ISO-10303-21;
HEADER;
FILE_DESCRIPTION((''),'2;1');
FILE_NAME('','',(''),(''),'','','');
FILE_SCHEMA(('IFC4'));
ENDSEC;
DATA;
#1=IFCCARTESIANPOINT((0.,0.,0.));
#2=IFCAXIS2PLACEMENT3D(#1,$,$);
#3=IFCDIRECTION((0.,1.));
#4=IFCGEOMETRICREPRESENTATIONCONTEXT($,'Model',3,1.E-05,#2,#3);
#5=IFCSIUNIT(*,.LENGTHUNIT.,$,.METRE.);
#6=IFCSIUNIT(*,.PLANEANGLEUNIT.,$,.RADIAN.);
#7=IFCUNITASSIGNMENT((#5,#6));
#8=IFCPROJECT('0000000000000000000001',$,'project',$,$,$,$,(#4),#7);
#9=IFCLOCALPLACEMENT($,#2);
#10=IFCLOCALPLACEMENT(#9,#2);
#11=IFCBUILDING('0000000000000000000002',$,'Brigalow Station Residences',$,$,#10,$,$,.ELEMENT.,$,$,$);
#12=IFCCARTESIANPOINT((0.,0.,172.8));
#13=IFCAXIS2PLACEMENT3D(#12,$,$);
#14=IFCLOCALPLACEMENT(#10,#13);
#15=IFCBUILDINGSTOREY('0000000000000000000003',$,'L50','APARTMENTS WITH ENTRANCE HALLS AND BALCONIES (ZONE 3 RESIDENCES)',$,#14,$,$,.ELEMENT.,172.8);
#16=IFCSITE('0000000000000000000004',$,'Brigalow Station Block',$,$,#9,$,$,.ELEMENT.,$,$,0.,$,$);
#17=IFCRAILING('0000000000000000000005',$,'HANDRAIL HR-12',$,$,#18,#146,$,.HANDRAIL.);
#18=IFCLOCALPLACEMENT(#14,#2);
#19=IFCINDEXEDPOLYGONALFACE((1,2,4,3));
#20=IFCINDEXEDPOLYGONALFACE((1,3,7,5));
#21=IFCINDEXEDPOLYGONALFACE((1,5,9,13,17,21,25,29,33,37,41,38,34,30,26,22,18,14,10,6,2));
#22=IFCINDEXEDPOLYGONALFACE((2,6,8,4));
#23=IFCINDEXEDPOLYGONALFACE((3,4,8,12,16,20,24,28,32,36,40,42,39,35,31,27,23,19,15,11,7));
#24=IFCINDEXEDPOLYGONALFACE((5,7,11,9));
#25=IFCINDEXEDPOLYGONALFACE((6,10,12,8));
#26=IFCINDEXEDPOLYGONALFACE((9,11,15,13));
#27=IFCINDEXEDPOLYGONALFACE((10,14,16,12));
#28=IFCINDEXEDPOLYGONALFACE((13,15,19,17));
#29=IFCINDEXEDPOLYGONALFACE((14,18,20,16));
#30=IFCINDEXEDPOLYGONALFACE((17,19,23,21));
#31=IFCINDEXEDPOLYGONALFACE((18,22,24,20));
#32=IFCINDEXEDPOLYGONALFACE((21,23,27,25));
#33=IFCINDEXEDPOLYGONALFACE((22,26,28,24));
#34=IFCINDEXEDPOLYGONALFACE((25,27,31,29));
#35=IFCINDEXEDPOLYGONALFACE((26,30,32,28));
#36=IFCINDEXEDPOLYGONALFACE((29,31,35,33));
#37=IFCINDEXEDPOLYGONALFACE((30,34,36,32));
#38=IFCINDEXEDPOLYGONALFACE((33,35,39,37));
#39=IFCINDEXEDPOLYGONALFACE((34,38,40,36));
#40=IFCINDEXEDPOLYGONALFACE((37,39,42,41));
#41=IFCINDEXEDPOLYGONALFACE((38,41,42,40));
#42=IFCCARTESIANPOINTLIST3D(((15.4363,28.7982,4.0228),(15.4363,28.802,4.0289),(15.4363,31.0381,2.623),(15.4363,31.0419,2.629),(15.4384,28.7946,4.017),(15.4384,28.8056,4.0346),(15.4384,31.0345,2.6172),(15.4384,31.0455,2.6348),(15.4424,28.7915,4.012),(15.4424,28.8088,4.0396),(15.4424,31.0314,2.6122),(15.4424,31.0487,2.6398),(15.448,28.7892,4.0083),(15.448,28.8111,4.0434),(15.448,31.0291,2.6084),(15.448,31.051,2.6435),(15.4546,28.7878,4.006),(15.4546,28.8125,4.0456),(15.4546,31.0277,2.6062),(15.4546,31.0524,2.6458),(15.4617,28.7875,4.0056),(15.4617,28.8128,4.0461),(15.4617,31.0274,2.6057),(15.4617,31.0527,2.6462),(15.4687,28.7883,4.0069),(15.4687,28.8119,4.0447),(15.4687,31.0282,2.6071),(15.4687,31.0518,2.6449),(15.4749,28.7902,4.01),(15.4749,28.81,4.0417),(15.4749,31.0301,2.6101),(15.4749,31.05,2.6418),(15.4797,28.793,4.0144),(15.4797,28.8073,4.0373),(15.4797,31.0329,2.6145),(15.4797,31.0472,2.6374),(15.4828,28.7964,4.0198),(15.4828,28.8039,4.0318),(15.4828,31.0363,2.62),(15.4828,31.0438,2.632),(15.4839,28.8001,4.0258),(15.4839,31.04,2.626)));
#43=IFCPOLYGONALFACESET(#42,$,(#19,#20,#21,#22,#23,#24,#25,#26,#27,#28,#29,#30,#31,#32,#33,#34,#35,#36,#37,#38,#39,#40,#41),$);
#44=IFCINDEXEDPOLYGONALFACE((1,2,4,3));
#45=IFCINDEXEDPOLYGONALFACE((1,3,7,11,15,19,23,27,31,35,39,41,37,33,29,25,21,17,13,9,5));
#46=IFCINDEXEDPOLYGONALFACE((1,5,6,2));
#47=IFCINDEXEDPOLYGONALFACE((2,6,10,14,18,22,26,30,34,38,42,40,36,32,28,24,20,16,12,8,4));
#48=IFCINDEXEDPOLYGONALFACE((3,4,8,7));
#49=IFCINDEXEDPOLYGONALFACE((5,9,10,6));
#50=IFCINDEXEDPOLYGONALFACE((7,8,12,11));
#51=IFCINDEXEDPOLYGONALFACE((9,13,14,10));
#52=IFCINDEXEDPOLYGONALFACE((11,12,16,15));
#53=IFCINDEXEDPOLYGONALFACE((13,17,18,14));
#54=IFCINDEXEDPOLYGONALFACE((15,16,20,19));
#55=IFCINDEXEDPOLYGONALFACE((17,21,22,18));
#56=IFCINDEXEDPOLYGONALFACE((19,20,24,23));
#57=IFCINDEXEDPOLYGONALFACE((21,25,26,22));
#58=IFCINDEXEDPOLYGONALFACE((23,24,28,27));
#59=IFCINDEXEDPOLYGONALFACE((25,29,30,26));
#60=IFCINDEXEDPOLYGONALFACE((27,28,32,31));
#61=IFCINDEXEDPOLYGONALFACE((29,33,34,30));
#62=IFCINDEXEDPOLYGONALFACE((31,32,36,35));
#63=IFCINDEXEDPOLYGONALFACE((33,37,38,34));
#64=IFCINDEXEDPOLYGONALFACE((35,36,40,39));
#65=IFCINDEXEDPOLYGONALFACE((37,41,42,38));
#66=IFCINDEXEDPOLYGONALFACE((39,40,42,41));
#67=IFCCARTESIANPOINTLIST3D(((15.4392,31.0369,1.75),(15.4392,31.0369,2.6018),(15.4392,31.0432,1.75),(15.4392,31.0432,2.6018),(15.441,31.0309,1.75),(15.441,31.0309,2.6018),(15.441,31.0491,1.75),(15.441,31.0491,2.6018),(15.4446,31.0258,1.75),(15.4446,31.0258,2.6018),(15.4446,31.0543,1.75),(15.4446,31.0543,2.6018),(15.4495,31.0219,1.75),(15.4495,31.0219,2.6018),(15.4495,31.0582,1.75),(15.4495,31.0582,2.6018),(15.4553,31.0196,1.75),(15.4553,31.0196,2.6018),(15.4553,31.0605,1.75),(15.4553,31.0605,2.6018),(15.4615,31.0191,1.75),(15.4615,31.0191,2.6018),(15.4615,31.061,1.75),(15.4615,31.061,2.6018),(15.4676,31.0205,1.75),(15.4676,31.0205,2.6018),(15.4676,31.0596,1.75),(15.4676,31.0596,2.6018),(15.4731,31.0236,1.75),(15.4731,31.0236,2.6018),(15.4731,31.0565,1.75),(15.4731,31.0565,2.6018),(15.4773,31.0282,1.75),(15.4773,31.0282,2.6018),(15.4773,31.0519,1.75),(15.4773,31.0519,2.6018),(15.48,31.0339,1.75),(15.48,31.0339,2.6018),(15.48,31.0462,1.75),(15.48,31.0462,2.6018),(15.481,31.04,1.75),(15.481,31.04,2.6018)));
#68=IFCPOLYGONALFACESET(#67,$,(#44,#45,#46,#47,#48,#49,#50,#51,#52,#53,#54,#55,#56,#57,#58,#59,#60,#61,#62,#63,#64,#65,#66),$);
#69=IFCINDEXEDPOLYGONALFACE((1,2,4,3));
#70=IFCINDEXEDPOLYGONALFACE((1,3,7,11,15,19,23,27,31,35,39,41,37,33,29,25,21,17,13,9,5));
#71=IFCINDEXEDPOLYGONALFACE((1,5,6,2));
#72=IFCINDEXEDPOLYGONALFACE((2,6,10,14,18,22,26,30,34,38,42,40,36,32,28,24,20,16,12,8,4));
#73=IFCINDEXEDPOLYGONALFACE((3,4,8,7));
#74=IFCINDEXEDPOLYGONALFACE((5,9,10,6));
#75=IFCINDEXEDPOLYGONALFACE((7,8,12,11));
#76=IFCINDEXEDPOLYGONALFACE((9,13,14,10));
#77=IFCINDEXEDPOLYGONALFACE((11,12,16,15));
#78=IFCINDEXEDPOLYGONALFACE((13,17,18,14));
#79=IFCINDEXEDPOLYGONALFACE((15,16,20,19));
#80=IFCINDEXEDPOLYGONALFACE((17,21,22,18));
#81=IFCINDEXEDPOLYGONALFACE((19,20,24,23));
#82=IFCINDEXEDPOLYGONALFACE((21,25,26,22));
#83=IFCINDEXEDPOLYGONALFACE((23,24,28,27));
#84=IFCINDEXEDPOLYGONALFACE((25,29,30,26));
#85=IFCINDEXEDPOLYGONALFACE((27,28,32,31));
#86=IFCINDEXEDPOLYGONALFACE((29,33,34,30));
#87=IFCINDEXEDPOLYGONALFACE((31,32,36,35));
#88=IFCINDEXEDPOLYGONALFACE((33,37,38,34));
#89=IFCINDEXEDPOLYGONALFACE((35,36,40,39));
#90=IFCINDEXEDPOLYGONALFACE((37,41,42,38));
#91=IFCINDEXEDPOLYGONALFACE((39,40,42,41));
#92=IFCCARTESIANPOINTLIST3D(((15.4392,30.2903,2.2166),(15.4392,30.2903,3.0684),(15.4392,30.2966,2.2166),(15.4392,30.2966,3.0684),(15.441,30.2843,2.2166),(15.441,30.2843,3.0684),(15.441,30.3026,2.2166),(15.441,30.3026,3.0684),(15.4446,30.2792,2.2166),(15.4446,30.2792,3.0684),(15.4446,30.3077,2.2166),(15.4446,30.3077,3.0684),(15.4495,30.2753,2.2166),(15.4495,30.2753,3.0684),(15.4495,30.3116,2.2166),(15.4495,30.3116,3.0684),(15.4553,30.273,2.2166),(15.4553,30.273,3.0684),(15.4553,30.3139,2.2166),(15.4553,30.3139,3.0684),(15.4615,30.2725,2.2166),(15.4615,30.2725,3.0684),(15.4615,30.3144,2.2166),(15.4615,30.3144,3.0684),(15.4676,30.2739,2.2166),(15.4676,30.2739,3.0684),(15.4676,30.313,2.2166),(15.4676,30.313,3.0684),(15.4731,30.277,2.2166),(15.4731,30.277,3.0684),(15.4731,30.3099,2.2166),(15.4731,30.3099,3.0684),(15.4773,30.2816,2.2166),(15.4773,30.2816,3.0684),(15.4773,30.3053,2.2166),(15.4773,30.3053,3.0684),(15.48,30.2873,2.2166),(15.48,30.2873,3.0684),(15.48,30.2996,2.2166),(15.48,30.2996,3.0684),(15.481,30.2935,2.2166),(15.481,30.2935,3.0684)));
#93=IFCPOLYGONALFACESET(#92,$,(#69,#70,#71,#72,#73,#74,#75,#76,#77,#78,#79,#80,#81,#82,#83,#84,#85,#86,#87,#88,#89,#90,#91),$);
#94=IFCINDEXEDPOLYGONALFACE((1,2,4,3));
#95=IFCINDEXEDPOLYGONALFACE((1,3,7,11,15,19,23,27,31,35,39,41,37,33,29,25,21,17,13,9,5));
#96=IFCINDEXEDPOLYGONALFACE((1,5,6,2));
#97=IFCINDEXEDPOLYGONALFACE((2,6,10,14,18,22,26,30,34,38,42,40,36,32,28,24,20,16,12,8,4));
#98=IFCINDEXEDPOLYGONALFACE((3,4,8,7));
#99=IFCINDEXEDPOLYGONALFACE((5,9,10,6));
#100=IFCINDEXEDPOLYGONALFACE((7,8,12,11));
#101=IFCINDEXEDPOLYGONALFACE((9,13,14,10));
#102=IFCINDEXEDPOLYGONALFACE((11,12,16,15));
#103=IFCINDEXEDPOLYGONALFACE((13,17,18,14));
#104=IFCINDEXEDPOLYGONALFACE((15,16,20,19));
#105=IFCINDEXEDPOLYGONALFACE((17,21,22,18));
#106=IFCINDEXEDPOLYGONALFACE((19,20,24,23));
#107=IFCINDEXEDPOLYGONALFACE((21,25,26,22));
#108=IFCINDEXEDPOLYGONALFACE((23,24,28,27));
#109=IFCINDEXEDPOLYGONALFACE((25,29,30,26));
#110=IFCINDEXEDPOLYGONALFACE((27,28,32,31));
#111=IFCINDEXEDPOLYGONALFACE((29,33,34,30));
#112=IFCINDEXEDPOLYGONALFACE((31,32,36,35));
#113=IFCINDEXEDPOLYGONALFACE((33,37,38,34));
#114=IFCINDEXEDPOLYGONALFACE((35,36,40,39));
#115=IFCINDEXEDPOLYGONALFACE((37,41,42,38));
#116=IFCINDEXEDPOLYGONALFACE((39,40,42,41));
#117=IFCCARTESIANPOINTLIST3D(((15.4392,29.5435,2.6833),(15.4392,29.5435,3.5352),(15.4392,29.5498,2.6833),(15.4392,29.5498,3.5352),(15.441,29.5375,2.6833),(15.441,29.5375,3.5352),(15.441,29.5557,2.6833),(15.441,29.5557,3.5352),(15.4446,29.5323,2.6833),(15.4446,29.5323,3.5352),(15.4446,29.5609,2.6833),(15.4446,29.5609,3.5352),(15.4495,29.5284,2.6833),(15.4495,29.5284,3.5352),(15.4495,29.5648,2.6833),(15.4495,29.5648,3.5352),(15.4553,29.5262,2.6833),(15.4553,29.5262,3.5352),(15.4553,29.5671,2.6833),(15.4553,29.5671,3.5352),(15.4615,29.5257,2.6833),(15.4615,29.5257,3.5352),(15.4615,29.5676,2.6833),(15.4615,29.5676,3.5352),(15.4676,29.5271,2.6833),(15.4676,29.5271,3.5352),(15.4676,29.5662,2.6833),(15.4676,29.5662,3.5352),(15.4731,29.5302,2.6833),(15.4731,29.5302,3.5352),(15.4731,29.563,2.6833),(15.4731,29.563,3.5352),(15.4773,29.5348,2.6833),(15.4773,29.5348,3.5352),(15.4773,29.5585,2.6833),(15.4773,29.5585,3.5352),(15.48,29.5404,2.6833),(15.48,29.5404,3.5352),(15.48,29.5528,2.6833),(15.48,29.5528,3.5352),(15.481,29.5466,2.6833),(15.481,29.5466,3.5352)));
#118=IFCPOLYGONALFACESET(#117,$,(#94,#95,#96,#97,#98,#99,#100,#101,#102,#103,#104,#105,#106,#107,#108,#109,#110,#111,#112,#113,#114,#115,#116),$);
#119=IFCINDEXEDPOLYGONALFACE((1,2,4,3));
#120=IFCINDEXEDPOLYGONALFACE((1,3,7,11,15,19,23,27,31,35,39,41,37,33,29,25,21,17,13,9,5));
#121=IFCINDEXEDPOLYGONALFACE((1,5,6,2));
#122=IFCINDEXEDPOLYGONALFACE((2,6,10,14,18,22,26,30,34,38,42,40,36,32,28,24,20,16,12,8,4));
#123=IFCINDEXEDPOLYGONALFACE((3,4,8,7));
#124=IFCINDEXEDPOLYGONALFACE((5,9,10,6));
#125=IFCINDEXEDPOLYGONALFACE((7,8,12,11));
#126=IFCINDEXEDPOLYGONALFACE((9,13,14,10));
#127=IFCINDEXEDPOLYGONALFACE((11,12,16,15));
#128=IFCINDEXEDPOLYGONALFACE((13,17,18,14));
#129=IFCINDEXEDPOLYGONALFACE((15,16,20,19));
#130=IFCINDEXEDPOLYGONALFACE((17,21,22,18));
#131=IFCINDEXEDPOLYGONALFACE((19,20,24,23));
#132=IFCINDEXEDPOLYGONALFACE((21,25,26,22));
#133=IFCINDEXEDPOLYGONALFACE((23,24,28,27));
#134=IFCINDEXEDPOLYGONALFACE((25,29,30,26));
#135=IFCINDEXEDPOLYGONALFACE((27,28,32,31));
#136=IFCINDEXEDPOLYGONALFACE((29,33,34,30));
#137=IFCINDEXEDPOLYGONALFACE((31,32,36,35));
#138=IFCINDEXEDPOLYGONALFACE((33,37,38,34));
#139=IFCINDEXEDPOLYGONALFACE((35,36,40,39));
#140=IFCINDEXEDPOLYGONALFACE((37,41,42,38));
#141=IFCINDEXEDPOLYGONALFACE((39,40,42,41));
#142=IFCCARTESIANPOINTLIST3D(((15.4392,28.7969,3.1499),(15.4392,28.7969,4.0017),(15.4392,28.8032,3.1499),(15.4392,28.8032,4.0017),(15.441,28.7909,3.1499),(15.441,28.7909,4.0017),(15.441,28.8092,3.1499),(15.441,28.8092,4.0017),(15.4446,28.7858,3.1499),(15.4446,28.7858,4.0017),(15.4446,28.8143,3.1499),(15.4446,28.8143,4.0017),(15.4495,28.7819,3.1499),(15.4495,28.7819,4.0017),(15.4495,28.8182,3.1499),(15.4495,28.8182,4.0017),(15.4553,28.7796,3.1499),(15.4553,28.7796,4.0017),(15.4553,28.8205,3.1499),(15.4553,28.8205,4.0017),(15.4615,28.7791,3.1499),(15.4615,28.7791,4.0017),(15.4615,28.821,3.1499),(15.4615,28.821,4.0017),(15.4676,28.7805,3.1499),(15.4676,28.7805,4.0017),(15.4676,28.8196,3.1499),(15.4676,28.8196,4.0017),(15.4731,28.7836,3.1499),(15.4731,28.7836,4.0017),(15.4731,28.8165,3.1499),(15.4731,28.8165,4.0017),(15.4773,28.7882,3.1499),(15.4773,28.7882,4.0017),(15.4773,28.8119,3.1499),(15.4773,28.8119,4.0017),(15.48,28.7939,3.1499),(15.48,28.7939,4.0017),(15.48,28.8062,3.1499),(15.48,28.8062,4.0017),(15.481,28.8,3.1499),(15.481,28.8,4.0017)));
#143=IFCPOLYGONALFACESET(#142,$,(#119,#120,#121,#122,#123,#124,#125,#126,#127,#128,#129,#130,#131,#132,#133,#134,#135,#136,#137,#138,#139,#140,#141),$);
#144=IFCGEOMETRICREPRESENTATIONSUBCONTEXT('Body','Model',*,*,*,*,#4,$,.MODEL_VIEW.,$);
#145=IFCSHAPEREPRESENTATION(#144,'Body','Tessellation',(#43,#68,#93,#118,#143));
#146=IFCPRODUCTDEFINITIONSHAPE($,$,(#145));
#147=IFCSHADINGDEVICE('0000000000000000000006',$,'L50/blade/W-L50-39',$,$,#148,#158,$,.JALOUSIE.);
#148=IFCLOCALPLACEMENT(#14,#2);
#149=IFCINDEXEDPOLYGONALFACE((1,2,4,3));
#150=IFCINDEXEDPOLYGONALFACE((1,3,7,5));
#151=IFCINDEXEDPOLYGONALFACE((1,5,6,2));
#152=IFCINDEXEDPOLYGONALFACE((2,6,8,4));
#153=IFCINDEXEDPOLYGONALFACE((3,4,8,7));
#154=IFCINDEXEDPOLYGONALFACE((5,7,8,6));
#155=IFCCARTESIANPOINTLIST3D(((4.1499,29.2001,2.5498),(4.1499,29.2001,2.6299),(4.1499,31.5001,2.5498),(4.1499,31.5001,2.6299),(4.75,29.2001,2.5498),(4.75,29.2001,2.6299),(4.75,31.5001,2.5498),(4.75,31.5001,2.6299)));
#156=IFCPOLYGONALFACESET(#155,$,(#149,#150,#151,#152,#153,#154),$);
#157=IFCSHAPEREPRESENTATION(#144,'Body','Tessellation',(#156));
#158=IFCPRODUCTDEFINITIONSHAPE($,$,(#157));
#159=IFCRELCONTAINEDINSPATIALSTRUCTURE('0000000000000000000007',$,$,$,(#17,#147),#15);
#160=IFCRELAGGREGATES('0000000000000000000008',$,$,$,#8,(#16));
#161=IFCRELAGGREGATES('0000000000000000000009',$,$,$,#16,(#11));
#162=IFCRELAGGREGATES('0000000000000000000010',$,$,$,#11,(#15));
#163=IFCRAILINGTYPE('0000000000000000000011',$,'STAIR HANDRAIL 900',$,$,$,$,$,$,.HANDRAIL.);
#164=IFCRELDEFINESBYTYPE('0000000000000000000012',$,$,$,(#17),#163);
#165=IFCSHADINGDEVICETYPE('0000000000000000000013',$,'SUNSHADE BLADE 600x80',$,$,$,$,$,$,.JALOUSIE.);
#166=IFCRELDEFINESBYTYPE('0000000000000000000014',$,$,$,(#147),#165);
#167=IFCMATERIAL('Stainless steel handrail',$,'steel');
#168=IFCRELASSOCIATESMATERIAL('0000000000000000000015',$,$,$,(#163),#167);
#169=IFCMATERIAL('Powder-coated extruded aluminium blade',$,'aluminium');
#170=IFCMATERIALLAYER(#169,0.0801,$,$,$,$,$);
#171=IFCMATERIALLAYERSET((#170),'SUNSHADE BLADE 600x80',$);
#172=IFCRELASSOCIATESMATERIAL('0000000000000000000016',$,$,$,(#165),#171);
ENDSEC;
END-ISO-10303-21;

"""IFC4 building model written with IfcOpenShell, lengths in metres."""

from ifc_helpers import new_model, si_unit, direction, frame, origin, origin_2d, place, context, subcontext, project, spatial, rectangle, circle, extrude, material, layer, layer_set, type_object, element, save


model = new_model("IFC4")

# Units and contexts
model_context = context("Model", 3, precision=1e-05, world=origin(), true_north=direction((0.0, 1.0)))
body_context = subcontext(model_context, "Body", "Model", "MODEL_VIEW")
ifc_project = project(units=[si_unit("LENGTHUNIT", "METRE"), si_unit("PLANEANGLEUNIT", "RADIAN")], contexts=[model_context])

# Site, building, storey
site_placement = place(None, origin())
site = spatial("IfcSite", under=ifc_project, at=site_placement, Name="Brigalow Station Block", CompositionType="ELEMENT", RefElevation=0.0)
building_placement = place(site_placement, origin())
building = spatial("IfcBuilding", under=site, at=building_placement, Name="Brigalow Station Residences", CompositionType="ELEMENT")
storey_placement = place(building_placement, frame((0.0, 0.0, 172.8)))
storey = spatial("IfcBuildingStorey", under=building, at=storey_placement, Name="L50", Description="APARTMENTS WITH ENTRANCE HALLS AND BALCONIES (ZONE 3 RESIDENCES)", CompositionType="ELEMENT", Elevation=172.8)

# Railing
ifc_material_1 = material(Name="Stainless steel handrail", Category="steel")
railing_type_1 = type_object("IfcRailingType", Name="STAIR HANDRAIL 900", PredefinedType="HANDRAIL", material=ifc_material_1)
railing_1_placement = place(storey_placement, frame((15.46, 31.04, 1.75)))
element("IfcRailing", 1, at=railing_1_placement, inside=storey, type_object=railing_type_1, Name="HANDRAIL HR-12", PredefinedType="HANDRAIL", context=body_context, shape_type="SweptSolid", body=[
    extrude(circle(Radius=0.0239, at=origin_2d()), frame((0.0, 0.0, 0.876), z_axis=(0.0, -0.848014, 0.529974), x_axis=(1.0, 0.0, 0.0)), (0.0, 0.0, 1.0), 2.6414),
    extrude(circle(Radius=0.021, at=origin_2d()), origin(), (0.0, 0.0, 1.0), 0.8518),
    extrude(circle(Radius=0.021, at=origin_2d()), frame((0.0, -0.7466, 0.4666)), (0.0, 0.0, 1.0), 0.8518),
    extrude(circle(Radius=0.021, at=origin_2d()), frame((0.0, -1.4934, 0.9333)), (0.0, 0.0, 1.0), 0.8518),
    extrude(circle(Radius=0.021, at=origin_2d()), frame((0.0, -2.24, 1.3999)), (0.0, 0.0, 1.0), 0.8518),
])

# Shading device
ifc_material_2 = material(Name="Powder-coated extruded aluminium blade", Category="aluminium")
ifc_layer_1 = layer(ifc_material_2, 0.0801)
ifc_layer_set_1 = layer_set([ifc_layer_1], Name="SUNSHADE BLADE 600x80")
shading_device_type = type_object("IfcShadingDeviceType", Name="SUNSHADE BLADE 600x80", PredefinedType="JALOUSIE", material=ifc_layer_set_1)
shading_device_placement = place(storey_placement, frame((4.45, 30.3501, 2.5498), z_axis=(0.0, 0.0, 1.0), x_axis=(0.0, -1.0, 0.0)))
element("IfcShadingDevice", 2, at=shading_device_placement, inside=storey, type_object=shading_device_type, Name="L50/blade/W-L50-39", PredefinedType="JALOUSIE", context=body_context, shape_type="SweptSolid", body=[
    extrude(rectangle(XDim=2.3, YDim=0.6001, at=origin_2d()), origin(), (0.0, 0.0, 1.0), 0.0801),
])

save(model, "model.ifc")
